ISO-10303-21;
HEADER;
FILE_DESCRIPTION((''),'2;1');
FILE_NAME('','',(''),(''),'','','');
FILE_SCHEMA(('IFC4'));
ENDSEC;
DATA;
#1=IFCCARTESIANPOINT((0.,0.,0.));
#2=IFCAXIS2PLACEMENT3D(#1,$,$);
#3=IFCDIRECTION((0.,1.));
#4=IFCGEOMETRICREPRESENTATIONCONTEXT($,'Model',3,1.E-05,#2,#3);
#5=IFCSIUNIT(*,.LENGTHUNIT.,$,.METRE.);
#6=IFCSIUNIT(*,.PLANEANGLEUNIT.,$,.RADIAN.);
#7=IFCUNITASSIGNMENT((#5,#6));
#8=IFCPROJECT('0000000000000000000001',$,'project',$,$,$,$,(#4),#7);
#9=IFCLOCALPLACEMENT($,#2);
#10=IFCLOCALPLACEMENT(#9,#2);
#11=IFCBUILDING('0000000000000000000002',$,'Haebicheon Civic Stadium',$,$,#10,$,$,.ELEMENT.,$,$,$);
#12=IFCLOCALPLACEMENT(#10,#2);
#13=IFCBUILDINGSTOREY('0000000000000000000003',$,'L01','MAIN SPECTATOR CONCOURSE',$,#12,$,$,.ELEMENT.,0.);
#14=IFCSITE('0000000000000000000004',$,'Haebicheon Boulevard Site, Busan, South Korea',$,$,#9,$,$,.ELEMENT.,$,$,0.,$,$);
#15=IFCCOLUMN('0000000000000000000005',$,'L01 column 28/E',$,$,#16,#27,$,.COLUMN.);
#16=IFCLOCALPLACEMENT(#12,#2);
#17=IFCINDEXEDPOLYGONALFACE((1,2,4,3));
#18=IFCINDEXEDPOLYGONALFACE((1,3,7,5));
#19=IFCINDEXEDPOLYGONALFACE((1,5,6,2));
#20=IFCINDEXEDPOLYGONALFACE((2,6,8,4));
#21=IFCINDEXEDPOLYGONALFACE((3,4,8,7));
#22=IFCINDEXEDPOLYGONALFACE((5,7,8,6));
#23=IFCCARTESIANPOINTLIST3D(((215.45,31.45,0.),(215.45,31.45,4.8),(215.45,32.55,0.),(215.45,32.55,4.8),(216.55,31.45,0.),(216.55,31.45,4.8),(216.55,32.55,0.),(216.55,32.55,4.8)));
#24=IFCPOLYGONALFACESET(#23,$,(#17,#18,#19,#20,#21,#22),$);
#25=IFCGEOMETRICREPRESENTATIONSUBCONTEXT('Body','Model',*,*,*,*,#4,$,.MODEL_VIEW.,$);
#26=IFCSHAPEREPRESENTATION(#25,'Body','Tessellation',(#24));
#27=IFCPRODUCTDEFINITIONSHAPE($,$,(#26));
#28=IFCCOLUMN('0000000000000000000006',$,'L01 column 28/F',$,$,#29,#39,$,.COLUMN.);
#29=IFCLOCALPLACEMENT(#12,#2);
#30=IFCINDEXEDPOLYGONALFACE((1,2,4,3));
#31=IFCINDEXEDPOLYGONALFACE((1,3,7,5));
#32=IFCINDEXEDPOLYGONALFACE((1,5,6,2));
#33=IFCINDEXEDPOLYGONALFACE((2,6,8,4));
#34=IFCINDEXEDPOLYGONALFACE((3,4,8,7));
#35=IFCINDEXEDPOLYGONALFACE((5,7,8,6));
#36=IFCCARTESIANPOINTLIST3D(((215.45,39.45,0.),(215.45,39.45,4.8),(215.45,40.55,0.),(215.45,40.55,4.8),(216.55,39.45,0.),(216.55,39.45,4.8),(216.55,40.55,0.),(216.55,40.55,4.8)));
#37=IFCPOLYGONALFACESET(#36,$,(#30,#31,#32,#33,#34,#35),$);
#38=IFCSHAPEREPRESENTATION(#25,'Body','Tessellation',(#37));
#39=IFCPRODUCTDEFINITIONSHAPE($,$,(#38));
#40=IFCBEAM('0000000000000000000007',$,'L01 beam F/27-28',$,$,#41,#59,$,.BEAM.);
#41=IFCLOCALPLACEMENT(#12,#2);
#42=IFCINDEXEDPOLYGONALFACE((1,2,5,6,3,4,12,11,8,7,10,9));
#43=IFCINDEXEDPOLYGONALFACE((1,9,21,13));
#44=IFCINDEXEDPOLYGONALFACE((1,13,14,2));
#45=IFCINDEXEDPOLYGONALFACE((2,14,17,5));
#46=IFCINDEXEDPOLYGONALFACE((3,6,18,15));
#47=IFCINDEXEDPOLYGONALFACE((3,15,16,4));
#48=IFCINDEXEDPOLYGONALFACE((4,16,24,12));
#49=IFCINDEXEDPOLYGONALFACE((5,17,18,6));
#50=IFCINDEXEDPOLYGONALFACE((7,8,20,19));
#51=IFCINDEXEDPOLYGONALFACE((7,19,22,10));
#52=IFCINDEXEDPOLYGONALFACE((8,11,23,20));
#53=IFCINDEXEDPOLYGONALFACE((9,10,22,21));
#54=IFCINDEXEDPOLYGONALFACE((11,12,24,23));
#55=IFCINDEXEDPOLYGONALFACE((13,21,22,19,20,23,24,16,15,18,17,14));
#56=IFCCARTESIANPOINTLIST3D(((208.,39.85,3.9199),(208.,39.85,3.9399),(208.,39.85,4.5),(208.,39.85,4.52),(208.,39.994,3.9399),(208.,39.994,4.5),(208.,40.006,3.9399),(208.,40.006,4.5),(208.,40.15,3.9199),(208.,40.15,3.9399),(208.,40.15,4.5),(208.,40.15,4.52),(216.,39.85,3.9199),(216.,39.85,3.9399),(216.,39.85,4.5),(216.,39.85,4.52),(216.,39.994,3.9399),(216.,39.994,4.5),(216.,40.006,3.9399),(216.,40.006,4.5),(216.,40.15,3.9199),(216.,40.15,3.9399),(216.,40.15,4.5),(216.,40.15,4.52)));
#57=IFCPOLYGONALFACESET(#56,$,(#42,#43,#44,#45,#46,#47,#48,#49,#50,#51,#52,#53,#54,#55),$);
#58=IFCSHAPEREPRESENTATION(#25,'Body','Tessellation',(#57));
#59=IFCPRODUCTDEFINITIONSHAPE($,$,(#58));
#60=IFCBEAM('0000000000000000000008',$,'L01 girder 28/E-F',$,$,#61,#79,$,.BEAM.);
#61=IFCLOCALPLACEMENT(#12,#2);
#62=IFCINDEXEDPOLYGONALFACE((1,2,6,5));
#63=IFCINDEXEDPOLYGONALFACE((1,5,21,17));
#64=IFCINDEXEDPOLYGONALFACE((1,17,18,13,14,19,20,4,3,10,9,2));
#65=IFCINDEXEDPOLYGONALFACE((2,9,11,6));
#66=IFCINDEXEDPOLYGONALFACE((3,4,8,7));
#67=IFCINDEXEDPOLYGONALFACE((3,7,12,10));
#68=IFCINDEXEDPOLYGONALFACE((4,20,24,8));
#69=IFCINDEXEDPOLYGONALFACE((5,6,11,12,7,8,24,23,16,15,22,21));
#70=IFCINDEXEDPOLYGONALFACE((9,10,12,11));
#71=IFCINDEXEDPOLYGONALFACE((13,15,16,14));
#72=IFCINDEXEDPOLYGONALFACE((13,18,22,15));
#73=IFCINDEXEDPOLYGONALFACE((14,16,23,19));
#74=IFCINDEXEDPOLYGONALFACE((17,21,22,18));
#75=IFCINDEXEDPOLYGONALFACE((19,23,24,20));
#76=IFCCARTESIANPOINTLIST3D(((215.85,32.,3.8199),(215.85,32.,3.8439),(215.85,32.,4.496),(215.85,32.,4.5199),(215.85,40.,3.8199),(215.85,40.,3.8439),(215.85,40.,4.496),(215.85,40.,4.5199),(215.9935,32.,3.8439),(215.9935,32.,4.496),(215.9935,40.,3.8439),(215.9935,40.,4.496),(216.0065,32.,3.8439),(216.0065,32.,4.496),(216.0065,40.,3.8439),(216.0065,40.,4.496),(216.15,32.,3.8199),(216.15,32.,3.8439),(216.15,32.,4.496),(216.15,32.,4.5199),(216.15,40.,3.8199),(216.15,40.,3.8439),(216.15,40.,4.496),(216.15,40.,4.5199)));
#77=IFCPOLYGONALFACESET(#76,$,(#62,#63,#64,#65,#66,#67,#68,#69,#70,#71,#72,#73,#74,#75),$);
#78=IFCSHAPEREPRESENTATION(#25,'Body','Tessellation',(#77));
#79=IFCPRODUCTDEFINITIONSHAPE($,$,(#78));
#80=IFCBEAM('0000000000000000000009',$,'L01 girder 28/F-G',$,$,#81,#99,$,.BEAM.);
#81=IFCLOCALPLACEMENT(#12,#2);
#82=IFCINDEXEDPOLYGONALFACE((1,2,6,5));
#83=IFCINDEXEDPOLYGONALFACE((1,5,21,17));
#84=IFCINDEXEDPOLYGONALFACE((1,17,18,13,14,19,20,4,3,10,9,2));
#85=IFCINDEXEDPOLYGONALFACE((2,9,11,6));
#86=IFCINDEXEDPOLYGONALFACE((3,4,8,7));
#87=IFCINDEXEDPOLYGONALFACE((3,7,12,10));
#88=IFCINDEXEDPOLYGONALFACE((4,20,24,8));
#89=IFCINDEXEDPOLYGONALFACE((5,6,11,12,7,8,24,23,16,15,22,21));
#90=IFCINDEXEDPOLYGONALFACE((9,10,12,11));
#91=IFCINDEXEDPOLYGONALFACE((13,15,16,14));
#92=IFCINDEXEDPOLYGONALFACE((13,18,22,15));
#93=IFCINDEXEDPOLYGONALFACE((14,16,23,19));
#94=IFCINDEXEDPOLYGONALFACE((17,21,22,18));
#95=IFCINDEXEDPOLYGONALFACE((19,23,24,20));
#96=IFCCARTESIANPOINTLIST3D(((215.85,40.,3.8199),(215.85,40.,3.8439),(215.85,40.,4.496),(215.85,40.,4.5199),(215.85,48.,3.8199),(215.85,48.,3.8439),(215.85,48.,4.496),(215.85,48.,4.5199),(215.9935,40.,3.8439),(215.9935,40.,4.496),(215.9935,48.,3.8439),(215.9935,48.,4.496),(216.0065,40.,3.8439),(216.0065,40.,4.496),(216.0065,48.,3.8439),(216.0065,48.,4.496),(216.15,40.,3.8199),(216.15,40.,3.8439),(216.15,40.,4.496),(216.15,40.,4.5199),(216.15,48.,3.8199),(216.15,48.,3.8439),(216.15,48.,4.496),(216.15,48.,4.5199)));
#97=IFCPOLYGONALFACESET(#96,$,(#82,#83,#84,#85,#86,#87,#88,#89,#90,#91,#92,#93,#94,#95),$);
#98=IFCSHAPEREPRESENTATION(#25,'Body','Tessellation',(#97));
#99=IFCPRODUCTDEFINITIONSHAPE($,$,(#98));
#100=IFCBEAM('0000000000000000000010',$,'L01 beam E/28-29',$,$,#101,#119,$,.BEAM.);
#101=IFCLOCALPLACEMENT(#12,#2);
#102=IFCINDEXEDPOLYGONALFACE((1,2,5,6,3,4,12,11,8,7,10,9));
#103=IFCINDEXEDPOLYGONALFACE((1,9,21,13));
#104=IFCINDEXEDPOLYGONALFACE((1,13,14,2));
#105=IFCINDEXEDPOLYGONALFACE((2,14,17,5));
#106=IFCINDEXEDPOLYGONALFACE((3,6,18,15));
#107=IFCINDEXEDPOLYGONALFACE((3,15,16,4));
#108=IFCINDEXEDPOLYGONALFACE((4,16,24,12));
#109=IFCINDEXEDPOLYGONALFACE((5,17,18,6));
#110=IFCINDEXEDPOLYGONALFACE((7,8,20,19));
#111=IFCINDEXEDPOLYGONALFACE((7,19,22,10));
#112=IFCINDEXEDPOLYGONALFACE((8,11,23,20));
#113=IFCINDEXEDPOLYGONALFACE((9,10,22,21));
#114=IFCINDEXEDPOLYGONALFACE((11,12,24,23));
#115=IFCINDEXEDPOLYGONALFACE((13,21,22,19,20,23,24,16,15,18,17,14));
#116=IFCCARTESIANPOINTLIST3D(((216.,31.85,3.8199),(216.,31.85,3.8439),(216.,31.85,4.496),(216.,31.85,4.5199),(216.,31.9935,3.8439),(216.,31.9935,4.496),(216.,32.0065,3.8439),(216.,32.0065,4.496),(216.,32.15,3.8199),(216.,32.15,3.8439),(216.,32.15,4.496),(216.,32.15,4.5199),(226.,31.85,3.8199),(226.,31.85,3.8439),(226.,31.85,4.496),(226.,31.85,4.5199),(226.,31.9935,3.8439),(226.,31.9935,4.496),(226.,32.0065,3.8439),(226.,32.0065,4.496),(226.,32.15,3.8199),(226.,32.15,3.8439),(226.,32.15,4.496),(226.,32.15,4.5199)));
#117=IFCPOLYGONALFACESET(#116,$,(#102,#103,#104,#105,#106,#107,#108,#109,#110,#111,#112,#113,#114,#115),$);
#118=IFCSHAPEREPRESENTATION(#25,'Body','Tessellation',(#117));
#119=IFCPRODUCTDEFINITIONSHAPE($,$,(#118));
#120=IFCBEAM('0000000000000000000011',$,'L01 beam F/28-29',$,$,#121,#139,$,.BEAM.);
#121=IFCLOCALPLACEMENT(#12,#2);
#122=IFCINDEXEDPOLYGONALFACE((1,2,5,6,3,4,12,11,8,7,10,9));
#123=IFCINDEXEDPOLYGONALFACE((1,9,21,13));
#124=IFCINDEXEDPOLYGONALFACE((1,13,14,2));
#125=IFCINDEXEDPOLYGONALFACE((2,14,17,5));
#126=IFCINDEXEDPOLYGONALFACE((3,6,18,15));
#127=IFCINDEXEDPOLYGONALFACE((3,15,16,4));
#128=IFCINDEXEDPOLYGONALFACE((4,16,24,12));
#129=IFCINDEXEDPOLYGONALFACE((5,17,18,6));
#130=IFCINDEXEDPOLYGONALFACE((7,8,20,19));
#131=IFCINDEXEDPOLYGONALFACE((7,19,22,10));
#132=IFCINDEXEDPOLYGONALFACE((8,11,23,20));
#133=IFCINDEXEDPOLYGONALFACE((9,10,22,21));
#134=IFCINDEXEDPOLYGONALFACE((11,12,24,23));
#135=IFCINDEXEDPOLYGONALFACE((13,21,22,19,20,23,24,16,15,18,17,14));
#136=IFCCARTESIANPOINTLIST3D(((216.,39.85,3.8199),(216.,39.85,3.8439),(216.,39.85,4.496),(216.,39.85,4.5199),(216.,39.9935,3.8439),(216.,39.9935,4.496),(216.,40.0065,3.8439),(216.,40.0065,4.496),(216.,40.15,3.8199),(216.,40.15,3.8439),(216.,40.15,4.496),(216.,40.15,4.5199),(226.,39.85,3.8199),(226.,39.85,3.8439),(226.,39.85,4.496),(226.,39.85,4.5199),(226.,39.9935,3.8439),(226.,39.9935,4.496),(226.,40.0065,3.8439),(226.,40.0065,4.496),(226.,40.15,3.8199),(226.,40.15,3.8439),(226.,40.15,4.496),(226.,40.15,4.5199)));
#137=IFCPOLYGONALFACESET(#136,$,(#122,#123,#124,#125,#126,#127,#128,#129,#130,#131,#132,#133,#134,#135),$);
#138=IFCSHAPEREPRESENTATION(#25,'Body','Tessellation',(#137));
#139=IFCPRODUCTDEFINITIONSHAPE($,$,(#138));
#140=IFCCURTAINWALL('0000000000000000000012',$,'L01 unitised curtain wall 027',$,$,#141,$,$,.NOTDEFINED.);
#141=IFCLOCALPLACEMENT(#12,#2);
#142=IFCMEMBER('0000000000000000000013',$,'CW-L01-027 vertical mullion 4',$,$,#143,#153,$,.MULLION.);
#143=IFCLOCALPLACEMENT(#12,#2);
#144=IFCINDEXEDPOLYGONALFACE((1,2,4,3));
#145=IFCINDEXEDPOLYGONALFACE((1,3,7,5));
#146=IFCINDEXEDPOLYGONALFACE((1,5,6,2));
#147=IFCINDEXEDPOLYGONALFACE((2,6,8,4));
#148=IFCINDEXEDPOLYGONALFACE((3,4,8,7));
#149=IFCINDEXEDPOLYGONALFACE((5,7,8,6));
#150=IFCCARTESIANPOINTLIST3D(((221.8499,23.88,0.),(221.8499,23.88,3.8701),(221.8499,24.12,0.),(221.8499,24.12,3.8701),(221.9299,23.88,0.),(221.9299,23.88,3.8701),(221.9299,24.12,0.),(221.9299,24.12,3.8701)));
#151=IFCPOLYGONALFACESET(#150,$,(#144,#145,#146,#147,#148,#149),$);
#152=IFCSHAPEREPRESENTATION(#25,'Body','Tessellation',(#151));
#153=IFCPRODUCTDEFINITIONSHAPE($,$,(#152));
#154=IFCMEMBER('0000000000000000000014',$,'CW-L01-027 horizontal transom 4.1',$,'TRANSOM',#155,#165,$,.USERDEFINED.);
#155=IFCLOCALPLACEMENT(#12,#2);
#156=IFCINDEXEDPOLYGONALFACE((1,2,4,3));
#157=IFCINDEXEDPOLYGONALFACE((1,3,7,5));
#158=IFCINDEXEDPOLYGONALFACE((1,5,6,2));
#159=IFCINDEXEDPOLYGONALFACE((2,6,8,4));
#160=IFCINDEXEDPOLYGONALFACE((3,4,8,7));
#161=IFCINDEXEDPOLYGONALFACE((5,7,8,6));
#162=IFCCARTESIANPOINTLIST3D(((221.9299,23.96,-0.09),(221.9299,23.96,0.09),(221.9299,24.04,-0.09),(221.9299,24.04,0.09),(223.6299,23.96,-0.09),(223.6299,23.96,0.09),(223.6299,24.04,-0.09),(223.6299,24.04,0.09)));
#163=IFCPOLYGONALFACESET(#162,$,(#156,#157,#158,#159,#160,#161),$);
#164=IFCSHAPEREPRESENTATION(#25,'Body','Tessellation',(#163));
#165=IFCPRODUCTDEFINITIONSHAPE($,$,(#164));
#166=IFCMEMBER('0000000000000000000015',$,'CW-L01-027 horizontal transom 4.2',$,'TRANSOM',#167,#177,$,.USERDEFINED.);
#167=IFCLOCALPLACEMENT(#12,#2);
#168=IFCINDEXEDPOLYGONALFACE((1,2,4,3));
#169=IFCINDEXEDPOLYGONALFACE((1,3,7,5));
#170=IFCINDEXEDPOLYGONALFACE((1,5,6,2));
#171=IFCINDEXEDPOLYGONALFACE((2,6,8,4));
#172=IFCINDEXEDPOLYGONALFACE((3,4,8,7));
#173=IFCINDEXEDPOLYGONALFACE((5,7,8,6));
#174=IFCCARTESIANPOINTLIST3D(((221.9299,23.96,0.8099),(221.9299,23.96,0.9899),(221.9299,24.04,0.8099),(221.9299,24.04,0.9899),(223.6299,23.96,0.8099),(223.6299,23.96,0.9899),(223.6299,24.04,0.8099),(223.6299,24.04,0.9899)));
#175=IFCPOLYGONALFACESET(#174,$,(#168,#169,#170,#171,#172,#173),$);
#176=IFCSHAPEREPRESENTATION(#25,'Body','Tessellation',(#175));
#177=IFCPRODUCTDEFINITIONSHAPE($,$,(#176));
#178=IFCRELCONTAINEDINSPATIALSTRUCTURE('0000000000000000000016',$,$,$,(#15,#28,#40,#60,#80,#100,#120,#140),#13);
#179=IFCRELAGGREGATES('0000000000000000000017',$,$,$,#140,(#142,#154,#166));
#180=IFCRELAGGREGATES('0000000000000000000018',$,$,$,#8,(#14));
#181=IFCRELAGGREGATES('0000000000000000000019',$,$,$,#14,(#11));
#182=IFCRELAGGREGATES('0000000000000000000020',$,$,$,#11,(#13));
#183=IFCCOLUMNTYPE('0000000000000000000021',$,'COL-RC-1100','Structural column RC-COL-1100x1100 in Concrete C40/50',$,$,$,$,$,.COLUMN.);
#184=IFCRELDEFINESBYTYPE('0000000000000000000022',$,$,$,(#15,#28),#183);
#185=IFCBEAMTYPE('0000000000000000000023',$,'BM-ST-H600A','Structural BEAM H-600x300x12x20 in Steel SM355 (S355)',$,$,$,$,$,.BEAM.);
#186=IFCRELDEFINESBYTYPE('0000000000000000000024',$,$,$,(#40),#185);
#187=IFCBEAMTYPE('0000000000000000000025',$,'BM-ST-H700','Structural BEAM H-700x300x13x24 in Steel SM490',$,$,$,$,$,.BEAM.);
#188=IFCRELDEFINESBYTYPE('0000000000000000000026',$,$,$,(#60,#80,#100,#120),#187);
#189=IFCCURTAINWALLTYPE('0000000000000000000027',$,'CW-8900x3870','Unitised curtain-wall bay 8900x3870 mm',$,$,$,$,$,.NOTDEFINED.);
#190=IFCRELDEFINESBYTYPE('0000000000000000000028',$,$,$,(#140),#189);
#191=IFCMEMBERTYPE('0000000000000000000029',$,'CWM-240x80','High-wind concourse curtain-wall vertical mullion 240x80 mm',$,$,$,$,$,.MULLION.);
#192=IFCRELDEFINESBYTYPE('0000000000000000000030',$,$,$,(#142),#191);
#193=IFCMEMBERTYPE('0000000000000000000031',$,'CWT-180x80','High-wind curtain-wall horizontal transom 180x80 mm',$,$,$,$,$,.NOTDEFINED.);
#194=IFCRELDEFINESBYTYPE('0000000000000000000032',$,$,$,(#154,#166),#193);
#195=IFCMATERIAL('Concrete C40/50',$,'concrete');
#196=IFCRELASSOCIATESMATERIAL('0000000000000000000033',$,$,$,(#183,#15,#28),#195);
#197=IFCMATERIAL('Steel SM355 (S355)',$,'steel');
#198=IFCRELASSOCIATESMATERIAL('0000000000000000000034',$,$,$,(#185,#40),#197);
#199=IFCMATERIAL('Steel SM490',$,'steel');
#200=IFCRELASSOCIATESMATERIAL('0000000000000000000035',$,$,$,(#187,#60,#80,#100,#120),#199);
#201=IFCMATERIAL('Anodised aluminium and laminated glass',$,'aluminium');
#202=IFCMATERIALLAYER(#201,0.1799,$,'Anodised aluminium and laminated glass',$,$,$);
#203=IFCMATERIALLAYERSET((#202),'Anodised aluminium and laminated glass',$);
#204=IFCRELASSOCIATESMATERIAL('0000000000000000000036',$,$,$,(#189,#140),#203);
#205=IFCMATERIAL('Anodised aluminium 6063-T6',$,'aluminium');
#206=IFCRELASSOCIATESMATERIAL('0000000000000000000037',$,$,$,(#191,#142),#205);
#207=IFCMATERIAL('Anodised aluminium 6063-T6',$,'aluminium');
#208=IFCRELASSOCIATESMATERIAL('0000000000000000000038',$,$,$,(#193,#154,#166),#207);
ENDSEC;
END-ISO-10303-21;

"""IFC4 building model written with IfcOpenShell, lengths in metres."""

from ifc_helpers import new_model, si_unit, direction, frame, origin, origin_2d, place, context, subcontext, project, spatial, rectangle, i_section, extrude, material, layer, layer_set, material_profile, profile_set, type_object, element, aggregate, save


model = new_model("IFC4")

# Units and contexts
model_context = context("Model", 3, precision=1e-05, world=origin(), true_north=direction((0.0, 1.0)))
body_context = subcontext(model_context, "Body", "Model", "MODEL_VIEW")
ifc_project = project(units=[si_unit("LENGTHUNIT", "METRE"), si_unit("PLANEANGLEUNIT", "RADIAN")], contexts=[model_context])

# Site, building, storey
site_placement = place(None, origin())
site = spatial("IfcSite", under=ifc_project, at=site_placement, Name="Haebicheon Boulevard Site, Busan, South Korea", CompositionType="ELEMENT", RefElevation=0.0)
building_placement = place(site_placement, origin())
building = spatial("IfcBuilding", under=site, at=building_placement, Name="Haebicheon Civic Stadium", CompositionType="ELEMENT")
storey_placement = place(building_placement, origin())
storey = spatial("IfcBuildingStorey", under=building, at=storey_placement, Name="L01", Description="MAIN SPECTATOR CONCOURSE", CompositionType="ELEMENT", Elevation=0.0)

# Columns
ifc_material_1 = material(Name="Concrete C40/50", Category="concrete")
ifc_material_profile_1 = material_profile(ifc_material_1, rectangle(XDim=1.1001, YDim=1.1001, at=origin_2d()), Name="RC-COL-1100x1100")
ifc_profile_set_1 = profile_set([ifc_material_profile_1], Name="Concrete C40/50")
column_type = type_object("IfcColumnType", Name="COL-RC-1100", Description="Structural column RC-COL-1100x1100 in Concrete C40/50", PredefinedType="COLUMN", material=ifc_profile_set_1)
for number, where, z_axis, x_axis, name in (
    (1, (216.0, 32.0, 0.0), (0.0, 0.0, 1.0), (1.0, 0.0, 0.0), "L01 column 28/E"),
    (2, (216.0, 40.0, 0.0), (0.0, 0.0, 1.0), (1.0, 0.0, 0.0), "L01 column 28/F"),
):
    element("IfcColumn", number, at=place(storey_placement, frame(where, z_axis=z_axis, x_axis=x_axis)), inside=storey, type_object=column_type, material=ifc_profile_set_1, Name=name, PredefinedType="COLUMN", context=body_context, shape_type="SweptSolid", body=[
        extrude(rectangle(XDim=1.1001, YDim=1.1001, at=origin_2d()), origin(), (0.0, 0.0, 1.0), 4.8),
    ])

# Beams
ifc_material_2 = material(Name="Steel SM355 (S355)", Category="steel")
ifc_material_profile_2 = material_profile(ifc_material_2, i_section(OverallWidth=0.3, OverallDepth=0.6001, WebThickness=0.012, FlangeThickness=0.02, at=origin_2d()), Name="H-600x300x12x20")
ifc_profile_set_2 = profile_set([ifc_material_profile_2], Name="Steel SM355 (S355)")
beam_type_1 = type_object("IfcBeamType", Name="BM-ST-H600A", Description="Structural BEAM H-600x300x12x20 in Steel SM355 (S355)", PredefinedType="BEAM", material=ifc_profile_set_2)
beam_placement = place(storey_placement, frame((208.0, 40.0, 4.22), z_axis=(1.0, 0.0, 0.0), x_axis=(0.0, 1.0, 0.0)))
element("IfcBeam", 3, at=beam_placement, inside=storey, type_object=beam_type_1, material=ifc_profile_set_2, Name="L01 beam F/27-28", PredefinedType="BEAM", context=body_context, shape_type="SweptSolid", body=[
    extrude(i_section(OverallWidth=0.3, OverallDepth=0.6001, WebThickness=0.012, FlangeThickness=0.02, at=origin_2d()), origin(), (0.0, 0.0, 1.0), 8.0),
])
ifc_material_3 = material(Name="Steel SM490", Category="steel")
ifc_material_profile_3 = material_profile(ifc_material_3, i_section(OverallWidth=0.3, OverallDepth=0.7, WebThickness=0.0129, FlangeThickness=0.0239, at=origin_2d()), Name="H-700x300x13x24")
ifc_profile_set_3 = profile_set([ifc_material_profile_3], Name="Steel SM490")
beam_type_2 = type_object("IfcBeamType", Name="BM-ST-H700", Description="Structural BEAM H-700x300x13x24 in Steel SM490", PredefinedType="BEAM", material=ifc_profile_set_3)
for number, where, z_axis, x_axis, name in (
    (4, (216.0, 32.0, 4.1699), (0.0, 1.0, 0.0), (-1.0, 0.0, 0.0), "L01 girder 28/E-F"),
    (5, (216.0, 40.0, 4.1699), (0.0, 1.0, 0.0), (-1.0, 0.0, 0.0), "L01 girder 28/F-G"),
):
    element("IfcBeam", number, at=place(storey_placement, frame(where, z_axis=z_axis, x_axis=x_axis)), inside=storey, type_object=beam_type_2, material=ifc_profile_set_3, Name=name, PredefinedType="BEAM", context=body_context, shape_type="SweptSolid", body=[
        extrude(i_section(OverallWidth=0.3, OverallDepth=0.7, WebThickness=0.0129, FlangeThickness=0.0239, at=origin_2d()), origin(), (0.0, 0.0, 1.0), 8.0),
    ])
for number, where, z_axis, x_axis, name in (
    (6, (216.0, 32.0, 4.1699), (1.0, 0.0, 0.0), (0.0, 1.0, 0.0), "L01 beam E/28-29"),
    (7, (216.0, 40.0, 4.1699), (1.0, 0.0, 0.0), (0.0, 1.0, 0.0), "L01 beam F/28-29"),
):
    element("IfcBeam", number, at=place(storey_placement, frame(where, z_axis=z_axis, x_axis=x_axis)), inside=storey, type_object=beam_type_2, material=ifc_profile_set_3, Name=name, PredefinedType="BEAM", context=body_context, shape_type="SweptSolid", body=[
        extrude(i_section(OverallWidth=0.3, OverallDepth=0.7, WebThickness=0.0129, FlangeThickness=0.0239, at=origin_2d()), origin(), (0.0, 0.0, 1.0), 10.0),
    ])

# Curtain wall, members
ifc_material_4 = material(Name="Anodised aluminium and laminated glass", Category="aluminium")
ifc_layer_1 = layer(ifc_material_4, 0.1799, Name="Anodised aluminium and laminated glass")
ifc_layer_set_1 = layer_set([ifc_layer_1], Name="Anodised aluminium and laminated glass")
curtain_wall_type = type_object("IfcCurtainWallType", Name="CW-8900x3870", Description="Unitised curtain-wall bay 8900x3870 mm", PredefinedType="NOTDEFINED", material=ifc_layer_set_1)
curtain_wall_placement = place(storey_placement, origin())
curtain_wall = element("IfcCurtainWall", 8, at=curtain_wall_placement, inside=storey, type_object=curtain_wall_type, material=ifc_layer_set_1, Name="L01 unitised curtain wall 027", PredefinedType="NOTDEFINED")
ifc_material_5 = material(Name="Anodised aluminium 6063-T6", Category="aluminium")
ifc_material_profile_4 = material_profile(ifc_material_5, rectangle(XDim=0.0801, YDim=0.24, at=origin_2d()), Name="ALU-MULL-80x240")
ifc_profile_set_4 = profile_set([ifc_material_profile_4], Name="Anodised aluminium 6063-T6")
member_type_1 = type_object("IfcMemberType", Name="CWM-240x80", Description="High-wind concourse curtain-wall vertical mullion 240x80 mm", PredefinedType="MULLION", material=ifc_profile_set_4)
member_1_placement = place(storey_placement, frame((221.8899, 24.0, 0.0), z_axis=(0.0, 0.0, 1.0), x_axis=(1.0, 0.0, 0.0)))
member_1 = element("IfcMember", 9, at=member_1_placement, type_object=member_type_1, material=ifc_profile_set_4, Name="CW-L01-027 vertical mullion 4", PredefinedType="MULLION", context=body_context, shape_type="SweptSolid", body=[
    extrude(rectangle(XDim=0.0801, YDim=0.24, at=origin_2d()), origin(), (0.0, 0.0, 1.0), 3.8701),
])
ifc_material_6 = material(Name="Anodised aluminium 6063-T6", Category="aluminium")
ifc_material_profile_5 = material_profile(ifc_material_6, rectangle(XDim=0.0801, YDim=0.1799, at=origin_2d()), Name="ALU-TRAN-80x180")
ifc_profile_set_5 = profile_set([ifc_material_profile_5], Name="Anodised aluminium 6063-T6")
member_type_2 = type_object("IfcMemberType", Name="CWT-180x80", Description="High-wind curtain-wall horizontal transom 180x80 mm", PredefinedType="NOTDEFINED", material=ifc_profile_set_5)
member_2_placement = place(storey_placement, frame((221.9299, 24.0, 0.0), z_axis=(1.0, 0.0, 0.0), x_axis=(0.0, 1.0, 0.0)))
member_2 = element("IfcMember", 10, at=member_2_placement, type_object=member_type_2, material=ifc_profile_set_5, Name="CW-L01-027 horizontal transom 4.1", ObjectType="TRANSOM", PredefinedType="USERDEFINED", context=body_context, shape_type="SweptSolid", body=[
    extrude(rectangle(XDim=0.0801, YDim=0.1799, at=origin_2d()), origin(), (0.0, 0.0, 1.0), 1.7),
])
member_3_placement = place(storey_placement, frame((221.9299, 24.0, 0.8999), z_axis=(1.0, 0.0, 0.0), x_axis=(0.0, 1.0, 0.0)))
member_3 = element("IfcMember", 11, at=member_3_placement, type_object=member_type_2, material=ifc_profile_set_5, Name="CW-L01-027 horizontal transom 4.2", ObjectType="TRANSOM", PredefinedType="USERDEFINED", context=body_context, shape_type="SweptSolid", body=[
    extrude(rectangle(XDim=0.0801, YDim=0.1799, at=origin_2d()), origin(), (0.0, 0.0, 1.0), 1.7),
])

aggregate(curtain_wall, [member_1, member_2, member_3])

save(model, "model.ifc")
